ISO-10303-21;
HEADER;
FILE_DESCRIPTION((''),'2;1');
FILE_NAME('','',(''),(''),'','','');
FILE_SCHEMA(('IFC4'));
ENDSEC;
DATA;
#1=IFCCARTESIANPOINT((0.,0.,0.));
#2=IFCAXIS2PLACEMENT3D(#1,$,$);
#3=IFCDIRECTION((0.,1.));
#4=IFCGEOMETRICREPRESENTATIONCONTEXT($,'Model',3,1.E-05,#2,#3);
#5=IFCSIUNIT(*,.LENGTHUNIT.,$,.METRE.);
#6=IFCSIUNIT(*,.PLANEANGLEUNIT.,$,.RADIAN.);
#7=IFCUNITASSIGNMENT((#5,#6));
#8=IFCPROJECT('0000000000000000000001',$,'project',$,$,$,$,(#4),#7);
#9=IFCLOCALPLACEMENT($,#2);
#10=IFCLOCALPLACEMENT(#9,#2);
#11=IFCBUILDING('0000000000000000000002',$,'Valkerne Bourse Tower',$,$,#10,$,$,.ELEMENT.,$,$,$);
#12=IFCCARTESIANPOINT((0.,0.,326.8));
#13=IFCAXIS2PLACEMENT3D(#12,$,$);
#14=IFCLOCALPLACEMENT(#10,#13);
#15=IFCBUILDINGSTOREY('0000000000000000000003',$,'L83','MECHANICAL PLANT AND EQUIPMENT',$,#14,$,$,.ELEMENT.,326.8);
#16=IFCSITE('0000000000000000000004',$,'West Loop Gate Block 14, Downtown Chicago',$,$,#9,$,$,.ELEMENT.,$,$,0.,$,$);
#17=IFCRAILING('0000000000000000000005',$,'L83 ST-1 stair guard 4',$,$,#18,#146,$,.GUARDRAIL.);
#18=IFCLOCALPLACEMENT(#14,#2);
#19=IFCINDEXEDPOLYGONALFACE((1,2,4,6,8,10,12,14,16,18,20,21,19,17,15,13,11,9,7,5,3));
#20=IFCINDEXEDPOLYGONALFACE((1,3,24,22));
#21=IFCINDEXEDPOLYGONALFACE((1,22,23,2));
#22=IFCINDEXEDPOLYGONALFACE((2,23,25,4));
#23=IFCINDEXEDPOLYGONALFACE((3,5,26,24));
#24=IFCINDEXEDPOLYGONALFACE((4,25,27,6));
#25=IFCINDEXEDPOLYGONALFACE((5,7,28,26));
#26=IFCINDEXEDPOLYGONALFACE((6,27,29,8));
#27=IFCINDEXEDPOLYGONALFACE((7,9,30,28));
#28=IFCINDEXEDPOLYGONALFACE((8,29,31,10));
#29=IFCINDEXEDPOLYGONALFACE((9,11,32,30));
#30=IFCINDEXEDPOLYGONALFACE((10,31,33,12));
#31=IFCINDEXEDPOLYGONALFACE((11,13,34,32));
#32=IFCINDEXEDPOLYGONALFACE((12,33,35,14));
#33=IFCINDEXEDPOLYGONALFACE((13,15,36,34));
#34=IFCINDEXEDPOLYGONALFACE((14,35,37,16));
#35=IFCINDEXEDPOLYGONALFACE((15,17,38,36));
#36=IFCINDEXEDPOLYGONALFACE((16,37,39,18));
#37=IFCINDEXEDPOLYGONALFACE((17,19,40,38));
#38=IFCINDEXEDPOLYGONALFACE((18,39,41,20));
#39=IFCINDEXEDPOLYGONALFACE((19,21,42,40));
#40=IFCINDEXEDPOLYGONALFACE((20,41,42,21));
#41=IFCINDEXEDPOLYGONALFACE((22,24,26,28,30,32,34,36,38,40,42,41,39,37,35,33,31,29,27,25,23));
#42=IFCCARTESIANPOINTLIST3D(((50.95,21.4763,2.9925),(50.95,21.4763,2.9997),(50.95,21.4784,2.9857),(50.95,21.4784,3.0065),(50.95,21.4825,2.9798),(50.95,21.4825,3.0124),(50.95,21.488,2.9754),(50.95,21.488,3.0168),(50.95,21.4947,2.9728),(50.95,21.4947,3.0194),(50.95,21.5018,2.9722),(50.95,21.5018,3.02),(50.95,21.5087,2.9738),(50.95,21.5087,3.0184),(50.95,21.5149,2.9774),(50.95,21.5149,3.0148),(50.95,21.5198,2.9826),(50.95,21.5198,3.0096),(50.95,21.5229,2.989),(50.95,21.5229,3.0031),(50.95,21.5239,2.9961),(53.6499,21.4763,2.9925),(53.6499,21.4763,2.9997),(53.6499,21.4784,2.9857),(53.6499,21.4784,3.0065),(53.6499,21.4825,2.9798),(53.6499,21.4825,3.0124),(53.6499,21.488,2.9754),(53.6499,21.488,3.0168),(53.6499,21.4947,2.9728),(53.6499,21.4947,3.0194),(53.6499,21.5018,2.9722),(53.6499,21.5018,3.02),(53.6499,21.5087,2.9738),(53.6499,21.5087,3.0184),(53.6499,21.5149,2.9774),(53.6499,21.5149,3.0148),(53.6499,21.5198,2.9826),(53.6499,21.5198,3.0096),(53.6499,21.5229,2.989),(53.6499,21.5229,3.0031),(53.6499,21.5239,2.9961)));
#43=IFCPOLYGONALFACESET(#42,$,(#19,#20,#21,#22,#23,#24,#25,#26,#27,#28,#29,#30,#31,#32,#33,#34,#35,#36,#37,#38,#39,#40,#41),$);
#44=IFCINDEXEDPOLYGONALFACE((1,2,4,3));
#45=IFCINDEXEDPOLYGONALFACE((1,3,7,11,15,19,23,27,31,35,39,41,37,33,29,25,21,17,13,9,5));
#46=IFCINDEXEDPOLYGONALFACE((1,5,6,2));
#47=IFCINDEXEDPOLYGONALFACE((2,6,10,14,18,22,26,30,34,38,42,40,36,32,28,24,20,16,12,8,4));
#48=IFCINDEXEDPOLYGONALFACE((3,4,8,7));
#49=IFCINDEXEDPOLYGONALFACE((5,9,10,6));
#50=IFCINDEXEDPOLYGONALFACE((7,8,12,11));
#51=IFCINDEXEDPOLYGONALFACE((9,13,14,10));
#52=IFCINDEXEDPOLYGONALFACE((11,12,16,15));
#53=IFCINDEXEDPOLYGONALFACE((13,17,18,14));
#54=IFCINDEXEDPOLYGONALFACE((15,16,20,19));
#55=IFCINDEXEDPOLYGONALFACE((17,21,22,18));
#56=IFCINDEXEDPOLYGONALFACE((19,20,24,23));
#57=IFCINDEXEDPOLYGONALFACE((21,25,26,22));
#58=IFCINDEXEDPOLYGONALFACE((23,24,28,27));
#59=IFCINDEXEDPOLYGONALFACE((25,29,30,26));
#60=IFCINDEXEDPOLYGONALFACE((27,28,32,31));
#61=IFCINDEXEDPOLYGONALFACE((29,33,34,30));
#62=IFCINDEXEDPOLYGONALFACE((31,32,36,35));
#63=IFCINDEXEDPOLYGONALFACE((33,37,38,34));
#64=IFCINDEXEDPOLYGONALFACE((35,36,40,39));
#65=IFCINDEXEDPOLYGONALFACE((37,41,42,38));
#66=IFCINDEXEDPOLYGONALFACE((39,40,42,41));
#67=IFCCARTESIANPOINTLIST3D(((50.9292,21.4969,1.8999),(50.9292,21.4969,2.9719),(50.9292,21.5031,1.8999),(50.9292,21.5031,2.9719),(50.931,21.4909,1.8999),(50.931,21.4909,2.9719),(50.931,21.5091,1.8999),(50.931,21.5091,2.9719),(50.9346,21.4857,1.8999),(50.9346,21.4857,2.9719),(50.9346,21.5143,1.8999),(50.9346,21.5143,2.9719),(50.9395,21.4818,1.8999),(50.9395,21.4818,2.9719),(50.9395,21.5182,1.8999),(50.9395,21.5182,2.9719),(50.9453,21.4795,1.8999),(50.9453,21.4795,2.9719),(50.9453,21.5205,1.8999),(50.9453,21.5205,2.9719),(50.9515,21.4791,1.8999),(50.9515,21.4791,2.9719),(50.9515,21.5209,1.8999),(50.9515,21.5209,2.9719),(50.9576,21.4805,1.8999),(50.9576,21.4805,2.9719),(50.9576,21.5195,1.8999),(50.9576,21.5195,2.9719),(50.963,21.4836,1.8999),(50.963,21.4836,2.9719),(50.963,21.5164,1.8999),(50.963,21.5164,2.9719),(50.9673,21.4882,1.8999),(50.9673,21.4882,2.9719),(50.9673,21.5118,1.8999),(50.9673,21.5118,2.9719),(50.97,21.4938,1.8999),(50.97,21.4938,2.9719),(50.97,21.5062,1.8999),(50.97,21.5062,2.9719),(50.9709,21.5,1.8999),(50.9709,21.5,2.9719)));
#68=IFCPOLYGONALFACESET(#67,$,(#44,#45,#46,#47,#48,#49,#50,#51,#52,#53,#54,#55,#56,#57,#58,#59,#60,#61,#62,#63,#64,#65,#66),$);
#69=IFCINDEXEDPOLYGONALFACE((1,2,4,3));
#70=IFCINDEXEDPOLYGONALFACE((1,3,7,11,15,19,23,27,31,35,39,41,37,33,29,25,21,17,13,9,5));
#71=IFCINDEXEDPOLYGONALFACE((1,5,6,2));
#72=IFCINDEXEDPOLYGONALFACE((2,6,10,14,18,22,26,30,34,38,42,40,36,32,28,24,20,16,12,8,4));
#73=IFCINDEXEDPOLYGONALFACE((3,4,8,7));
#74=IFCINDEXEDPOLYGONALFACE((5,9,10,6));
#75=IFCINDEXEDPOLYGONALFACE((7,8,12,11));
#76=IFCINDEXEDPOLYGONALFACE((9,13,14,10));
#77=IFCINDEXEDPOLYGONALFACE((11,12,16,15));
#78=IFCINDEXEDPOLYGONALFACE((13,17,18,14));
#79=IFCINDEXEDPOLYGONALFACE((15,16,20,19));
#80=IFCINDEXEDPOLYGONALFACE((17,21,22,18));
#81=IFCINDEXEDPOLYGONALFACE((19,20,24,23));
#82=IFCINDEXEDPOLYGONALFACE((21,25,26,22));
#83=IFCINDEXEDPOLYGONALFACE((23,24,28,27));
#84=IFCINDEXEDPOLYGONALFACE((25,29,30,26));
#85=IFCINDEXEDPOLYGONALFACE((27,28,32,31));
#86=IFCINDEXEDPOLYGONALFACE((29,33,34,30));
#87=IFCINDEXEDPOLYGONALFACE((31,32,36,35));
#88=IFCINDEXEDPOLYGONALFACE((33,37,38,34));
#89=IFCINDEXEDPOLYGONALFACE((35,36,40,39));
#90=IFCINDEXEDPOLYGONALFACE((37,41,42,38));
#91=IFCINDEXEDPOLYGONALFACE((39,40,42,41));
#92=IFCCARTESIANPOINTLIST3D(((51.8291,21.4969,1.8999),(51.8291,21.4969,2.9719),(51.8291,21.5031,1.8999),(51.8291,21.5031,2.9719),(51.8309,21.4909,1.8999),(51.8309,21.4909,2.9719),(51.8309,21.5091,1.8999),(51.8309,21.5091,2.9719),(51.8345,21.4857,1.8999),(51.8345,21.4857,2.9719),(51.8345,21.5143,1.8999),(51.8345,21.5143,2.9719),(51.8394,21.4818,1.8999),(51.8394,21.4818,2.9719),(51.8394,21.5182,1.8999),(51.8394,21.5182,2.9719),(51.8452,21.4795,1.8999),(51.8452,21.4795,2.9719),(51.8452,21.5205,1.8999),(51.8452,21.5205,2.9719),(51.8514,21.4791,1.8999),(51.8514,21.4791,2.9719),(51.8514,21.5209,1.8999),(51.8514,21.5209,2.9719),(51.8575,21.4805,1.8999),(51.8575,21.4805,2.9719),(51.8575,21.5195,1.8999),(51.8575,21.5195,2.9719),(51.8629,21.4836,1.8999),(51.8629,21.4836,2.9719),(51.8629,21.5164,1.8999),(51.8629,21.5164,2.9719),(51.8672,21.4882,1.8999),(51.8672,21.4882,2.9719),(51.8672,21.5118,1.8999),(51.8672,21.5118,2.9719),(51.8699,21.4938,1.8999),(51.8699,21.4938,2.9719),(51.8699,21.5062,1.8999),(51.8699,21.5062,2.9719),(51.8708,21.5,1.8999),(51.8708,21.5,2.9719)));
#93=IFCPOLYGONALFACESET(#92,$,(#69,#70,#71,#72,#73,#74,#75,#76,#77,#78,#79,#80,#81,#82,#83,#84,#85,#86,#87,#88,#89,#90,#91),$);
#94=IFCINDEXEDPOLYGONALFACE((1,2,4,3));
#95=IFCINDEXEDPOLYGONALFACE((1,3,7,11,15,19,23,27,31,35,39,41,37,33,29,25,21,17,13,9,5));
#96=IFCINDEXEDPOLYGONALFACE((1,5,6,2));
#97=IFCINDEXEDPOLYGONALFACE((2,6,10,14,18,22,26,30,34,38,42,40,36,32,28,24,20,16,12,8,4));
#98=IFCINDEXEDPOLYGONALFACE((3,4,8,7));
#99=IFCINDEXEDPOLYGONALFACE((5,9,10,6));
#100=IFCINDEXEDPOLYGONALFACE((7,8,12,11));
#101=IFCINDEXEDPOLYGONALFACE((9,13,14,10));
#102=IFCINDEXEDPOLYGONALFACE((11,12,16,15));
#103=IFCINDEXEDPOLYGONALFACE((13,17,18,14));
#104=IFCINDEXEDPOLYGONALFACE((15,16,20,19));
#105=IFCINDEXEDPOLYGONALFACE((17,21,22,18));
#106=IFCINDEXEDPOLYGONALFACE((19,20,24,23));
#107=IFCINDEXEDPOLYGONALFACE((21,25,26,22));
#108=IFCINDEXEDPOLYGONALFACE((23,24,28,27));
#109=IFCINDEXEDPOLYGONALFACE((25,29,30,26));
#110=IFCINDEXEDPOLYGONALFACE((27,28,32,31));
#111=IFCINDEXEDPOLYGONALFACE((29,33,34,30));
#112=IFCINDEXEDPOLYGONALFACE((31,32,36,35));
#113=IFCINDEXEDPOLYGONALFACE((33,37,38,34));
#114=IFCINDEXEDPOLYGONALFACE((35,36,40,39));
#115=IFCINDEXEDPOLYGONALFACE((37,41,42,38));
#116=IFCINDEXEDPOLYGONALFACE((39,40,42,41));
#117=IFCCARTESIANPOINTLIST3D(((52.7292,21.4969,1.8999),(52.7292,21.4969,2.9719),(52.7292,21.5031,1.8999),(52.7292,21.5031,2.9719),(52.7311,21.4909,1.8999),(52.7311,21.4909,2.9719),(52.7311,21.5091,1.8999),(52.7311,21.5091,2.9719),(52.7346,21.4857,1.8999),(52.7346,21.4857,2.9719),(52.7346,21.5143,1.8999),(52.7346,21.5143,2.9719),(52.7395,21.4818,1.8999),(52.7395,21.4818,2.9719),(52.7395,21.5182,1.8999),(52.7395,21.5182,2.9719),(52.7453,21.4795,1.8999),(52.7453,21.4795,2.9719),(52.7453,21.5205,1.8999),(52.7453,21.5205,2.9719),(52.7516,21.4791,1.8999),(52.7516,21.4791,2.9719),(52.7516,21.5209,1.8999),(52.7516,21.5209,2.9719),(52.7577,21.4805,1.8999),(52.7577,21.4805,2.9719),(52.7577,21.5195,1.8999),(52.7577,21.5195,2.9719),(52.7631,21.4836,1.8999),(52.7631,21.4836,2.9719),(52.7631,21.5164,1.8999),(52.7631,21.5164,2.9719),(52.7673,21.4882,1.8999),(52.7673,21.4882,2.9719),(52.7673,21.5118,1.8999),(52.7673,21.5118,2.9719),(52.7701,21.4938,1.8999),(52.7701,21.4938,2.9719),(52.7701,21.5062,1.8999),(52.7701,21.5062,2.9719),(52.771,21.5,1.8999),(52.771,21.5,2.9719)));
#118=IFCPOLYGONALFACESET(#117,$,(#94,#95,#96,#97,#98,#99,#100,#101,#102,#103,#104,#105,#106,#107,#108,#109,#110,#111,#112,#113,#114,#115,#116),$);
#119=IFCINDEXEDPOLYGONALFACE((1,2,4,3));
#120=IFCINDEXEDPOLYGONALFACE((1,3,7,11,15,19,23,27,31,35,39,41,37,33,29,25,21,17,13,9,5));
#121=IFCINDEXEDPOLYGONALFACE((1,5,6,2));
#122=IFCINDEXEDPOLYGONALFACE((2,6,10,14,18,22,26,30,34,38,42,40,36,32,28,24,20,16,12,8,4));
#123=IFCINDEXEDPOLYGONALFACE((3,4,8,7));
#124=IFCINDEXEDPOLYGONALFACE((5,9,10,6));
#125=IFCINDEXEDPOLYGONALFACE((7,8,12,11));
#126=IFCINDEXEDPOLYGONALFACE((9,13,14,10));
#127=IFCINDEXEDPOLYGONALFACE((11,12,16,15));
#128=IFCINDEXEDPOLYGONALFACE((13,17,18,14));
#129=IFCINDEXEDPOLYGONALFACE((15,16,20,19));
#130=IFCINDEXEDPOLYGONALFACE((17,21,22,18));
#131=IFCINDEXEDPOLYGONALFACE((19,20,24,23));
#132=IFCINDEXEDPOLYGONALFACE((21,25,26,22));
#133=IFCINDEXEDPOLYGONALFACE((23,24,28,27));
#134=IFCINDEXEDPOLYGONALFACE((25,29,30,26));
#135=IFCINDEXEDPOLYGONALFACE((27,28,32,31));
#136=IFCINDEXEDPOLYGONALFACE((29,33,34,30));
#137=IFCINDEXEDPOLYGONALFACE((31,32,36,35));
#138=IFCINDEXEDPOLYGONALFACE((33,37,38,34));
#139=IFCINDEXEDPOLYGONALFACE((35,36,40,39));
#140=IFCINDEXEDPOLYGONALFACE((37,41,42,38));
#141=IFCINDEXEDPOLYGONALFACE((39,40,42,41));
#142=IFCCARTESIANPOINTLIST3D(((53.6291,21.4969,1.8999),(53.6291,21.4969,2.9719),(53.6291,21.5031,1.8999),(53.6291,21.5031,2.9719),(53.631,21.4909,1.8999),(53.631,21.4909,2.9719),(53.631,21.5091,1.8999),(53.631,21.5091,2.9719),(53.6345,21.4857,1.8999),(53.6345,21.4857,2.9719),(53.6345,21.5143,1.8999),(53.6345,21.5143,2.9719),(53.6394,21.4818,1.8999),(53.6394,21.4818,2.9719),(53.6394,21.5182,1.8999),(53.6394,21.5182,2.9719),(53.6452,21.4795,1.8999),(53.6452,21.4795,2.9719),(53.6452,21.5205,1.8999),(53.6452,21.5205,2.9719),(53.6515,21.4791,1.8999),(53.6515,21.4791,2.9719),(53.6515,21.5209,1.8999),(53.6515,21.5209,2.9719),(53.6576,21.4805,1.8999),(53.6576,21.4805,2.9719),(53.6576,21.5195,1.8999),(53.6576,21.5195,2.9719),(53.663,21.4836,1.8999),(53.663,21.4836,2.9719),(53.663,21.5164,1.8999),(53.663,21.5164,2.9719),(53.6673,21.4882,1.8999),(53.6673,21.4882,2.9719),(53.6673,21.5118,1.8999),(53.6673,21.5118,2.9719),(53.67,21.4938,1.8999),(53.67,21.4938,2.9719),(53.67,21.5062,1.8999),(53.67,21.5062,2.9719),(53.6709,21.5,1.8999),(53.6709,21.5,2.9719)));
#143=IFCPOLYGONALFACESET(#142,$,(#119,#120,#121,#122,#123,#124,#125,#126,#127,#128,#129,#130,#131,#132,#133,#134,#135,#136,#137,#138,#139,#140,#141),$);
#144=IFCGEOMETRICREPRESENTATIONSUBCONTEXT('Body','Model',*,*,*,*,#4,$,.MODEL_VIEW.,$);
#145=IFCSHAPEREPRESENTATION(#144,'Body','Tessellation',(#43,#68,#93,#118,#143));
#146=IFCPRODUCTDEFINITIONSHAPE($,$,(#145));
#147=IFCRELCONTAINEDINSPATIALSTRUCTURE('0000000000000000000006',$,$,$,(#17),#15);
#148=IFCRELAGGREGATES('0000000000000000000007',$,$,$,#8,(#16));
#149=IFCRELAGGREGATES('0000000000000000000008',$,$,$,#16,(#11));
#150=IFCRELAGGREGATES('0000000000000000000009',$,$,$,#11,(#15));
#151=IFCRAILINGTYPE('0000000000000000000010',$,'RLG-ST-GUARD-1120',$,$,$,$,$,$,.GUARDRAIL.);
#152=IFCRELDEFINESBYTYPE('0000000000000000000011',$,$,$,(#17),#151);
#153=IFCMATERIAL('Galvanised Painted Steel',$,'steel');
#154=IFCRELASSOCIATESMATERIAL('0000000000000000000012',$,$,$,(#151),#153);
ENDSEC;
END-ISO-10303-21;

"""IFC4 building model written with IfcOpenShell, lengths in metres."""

from ifc_helpers import new_model, si_unit, direction, frame, origin, origin_2d, place, context, subcontext, project, spatial, circle, extrude, material, type_object, element, save


model = new_model("IFC4")

# Units and contexts
model_context = context("Model", 3, precision=1e-05, world=origin(), true_north=direction((0.0, 1.0)))
body_context = subcontext(model_context, "Body", "Model", "MODEL_VIEW")
ifc_project = project(units=[si_unit("LENGTHUNIT", "METRE"), si_unit("PLANEANGLEUNIT", "RADIAN")], contexts=[model_context])

# Site, building, storey
site_placement = place(None, origin())
site = spatial("IfcSite", under=ifc_project, at=site_placement, Name="West Loop Gate Block 14, Downtown Chicago", CompositionType="ELEMENT", RefElevation=0.0)
building_placement = place(site_placement, origin())
building = spatial("IfcBuilding", under=site, at=building_placement, Name="Valkerne Bourse Tower", CompositionType="ELEMENT")
storey_placement = place(building_placement, frame((0.0, 0.0, 326.8)))
storey = spatial("IfcBuildingStorey", under=building, at=storey_placement, Name="L83", Description="MECHANICAL PLANT AND EQUIPMENT", CompositionType="ELEMENT", Elevation=326.8)

# Railing
ifc_material_1 = material(Name="Galvanised Painted Steel", Category="steel")
railing_type_1 = type_object("IfcRailingType", Name="RLG-ST-GUARD-1120", PredefinedType="GUARDRAIL", material=ifc_material_1)
railing_1_placement = place(storey_placement, frame((50.95, 21.5, 1.8999)))
element("IfcRailing", 1, at=railing_1_placement, inside=storey, type_object=railing_type_1, Name="L83 ST-1 stair guard 4", PredefinedType="GUARDRAIL", context=body_context, shape_type="SweptSolid", body=[
    extrude(circle(Radius=0.0239, at=origin_2d()), frame((0.0, 0.0, 1.0962), z_axis=(1.0, 0.0, 0.0), x_axis=(0.0, 1.0, 0.0)), (0.0, 0.0, 1.0), 2.7),
    extrude(circle(Radius=0.021, at=origin_2d()), origin(), (0.0, 0.0, 1.0), 1.072),
    extrude(circle(Radius=0.021, at=origin_2d()), frame((0.8999, 0.0, 0.0)), (0.0, 0.0, 1.0), 1.072),
    extrude(circle(Radius=0.021, at=origin_2d()), frame((1.8, 0.0, 0.0)), (0.0, 0.0, 1.0), 1.072),
    extrude(circle(Radius=0.021, at=origin_2d()), frame((2.7, 0.0, 0.0)), (0.0, 0.0, 1.0), 1.072),
])

save(model, "model.ifc")
